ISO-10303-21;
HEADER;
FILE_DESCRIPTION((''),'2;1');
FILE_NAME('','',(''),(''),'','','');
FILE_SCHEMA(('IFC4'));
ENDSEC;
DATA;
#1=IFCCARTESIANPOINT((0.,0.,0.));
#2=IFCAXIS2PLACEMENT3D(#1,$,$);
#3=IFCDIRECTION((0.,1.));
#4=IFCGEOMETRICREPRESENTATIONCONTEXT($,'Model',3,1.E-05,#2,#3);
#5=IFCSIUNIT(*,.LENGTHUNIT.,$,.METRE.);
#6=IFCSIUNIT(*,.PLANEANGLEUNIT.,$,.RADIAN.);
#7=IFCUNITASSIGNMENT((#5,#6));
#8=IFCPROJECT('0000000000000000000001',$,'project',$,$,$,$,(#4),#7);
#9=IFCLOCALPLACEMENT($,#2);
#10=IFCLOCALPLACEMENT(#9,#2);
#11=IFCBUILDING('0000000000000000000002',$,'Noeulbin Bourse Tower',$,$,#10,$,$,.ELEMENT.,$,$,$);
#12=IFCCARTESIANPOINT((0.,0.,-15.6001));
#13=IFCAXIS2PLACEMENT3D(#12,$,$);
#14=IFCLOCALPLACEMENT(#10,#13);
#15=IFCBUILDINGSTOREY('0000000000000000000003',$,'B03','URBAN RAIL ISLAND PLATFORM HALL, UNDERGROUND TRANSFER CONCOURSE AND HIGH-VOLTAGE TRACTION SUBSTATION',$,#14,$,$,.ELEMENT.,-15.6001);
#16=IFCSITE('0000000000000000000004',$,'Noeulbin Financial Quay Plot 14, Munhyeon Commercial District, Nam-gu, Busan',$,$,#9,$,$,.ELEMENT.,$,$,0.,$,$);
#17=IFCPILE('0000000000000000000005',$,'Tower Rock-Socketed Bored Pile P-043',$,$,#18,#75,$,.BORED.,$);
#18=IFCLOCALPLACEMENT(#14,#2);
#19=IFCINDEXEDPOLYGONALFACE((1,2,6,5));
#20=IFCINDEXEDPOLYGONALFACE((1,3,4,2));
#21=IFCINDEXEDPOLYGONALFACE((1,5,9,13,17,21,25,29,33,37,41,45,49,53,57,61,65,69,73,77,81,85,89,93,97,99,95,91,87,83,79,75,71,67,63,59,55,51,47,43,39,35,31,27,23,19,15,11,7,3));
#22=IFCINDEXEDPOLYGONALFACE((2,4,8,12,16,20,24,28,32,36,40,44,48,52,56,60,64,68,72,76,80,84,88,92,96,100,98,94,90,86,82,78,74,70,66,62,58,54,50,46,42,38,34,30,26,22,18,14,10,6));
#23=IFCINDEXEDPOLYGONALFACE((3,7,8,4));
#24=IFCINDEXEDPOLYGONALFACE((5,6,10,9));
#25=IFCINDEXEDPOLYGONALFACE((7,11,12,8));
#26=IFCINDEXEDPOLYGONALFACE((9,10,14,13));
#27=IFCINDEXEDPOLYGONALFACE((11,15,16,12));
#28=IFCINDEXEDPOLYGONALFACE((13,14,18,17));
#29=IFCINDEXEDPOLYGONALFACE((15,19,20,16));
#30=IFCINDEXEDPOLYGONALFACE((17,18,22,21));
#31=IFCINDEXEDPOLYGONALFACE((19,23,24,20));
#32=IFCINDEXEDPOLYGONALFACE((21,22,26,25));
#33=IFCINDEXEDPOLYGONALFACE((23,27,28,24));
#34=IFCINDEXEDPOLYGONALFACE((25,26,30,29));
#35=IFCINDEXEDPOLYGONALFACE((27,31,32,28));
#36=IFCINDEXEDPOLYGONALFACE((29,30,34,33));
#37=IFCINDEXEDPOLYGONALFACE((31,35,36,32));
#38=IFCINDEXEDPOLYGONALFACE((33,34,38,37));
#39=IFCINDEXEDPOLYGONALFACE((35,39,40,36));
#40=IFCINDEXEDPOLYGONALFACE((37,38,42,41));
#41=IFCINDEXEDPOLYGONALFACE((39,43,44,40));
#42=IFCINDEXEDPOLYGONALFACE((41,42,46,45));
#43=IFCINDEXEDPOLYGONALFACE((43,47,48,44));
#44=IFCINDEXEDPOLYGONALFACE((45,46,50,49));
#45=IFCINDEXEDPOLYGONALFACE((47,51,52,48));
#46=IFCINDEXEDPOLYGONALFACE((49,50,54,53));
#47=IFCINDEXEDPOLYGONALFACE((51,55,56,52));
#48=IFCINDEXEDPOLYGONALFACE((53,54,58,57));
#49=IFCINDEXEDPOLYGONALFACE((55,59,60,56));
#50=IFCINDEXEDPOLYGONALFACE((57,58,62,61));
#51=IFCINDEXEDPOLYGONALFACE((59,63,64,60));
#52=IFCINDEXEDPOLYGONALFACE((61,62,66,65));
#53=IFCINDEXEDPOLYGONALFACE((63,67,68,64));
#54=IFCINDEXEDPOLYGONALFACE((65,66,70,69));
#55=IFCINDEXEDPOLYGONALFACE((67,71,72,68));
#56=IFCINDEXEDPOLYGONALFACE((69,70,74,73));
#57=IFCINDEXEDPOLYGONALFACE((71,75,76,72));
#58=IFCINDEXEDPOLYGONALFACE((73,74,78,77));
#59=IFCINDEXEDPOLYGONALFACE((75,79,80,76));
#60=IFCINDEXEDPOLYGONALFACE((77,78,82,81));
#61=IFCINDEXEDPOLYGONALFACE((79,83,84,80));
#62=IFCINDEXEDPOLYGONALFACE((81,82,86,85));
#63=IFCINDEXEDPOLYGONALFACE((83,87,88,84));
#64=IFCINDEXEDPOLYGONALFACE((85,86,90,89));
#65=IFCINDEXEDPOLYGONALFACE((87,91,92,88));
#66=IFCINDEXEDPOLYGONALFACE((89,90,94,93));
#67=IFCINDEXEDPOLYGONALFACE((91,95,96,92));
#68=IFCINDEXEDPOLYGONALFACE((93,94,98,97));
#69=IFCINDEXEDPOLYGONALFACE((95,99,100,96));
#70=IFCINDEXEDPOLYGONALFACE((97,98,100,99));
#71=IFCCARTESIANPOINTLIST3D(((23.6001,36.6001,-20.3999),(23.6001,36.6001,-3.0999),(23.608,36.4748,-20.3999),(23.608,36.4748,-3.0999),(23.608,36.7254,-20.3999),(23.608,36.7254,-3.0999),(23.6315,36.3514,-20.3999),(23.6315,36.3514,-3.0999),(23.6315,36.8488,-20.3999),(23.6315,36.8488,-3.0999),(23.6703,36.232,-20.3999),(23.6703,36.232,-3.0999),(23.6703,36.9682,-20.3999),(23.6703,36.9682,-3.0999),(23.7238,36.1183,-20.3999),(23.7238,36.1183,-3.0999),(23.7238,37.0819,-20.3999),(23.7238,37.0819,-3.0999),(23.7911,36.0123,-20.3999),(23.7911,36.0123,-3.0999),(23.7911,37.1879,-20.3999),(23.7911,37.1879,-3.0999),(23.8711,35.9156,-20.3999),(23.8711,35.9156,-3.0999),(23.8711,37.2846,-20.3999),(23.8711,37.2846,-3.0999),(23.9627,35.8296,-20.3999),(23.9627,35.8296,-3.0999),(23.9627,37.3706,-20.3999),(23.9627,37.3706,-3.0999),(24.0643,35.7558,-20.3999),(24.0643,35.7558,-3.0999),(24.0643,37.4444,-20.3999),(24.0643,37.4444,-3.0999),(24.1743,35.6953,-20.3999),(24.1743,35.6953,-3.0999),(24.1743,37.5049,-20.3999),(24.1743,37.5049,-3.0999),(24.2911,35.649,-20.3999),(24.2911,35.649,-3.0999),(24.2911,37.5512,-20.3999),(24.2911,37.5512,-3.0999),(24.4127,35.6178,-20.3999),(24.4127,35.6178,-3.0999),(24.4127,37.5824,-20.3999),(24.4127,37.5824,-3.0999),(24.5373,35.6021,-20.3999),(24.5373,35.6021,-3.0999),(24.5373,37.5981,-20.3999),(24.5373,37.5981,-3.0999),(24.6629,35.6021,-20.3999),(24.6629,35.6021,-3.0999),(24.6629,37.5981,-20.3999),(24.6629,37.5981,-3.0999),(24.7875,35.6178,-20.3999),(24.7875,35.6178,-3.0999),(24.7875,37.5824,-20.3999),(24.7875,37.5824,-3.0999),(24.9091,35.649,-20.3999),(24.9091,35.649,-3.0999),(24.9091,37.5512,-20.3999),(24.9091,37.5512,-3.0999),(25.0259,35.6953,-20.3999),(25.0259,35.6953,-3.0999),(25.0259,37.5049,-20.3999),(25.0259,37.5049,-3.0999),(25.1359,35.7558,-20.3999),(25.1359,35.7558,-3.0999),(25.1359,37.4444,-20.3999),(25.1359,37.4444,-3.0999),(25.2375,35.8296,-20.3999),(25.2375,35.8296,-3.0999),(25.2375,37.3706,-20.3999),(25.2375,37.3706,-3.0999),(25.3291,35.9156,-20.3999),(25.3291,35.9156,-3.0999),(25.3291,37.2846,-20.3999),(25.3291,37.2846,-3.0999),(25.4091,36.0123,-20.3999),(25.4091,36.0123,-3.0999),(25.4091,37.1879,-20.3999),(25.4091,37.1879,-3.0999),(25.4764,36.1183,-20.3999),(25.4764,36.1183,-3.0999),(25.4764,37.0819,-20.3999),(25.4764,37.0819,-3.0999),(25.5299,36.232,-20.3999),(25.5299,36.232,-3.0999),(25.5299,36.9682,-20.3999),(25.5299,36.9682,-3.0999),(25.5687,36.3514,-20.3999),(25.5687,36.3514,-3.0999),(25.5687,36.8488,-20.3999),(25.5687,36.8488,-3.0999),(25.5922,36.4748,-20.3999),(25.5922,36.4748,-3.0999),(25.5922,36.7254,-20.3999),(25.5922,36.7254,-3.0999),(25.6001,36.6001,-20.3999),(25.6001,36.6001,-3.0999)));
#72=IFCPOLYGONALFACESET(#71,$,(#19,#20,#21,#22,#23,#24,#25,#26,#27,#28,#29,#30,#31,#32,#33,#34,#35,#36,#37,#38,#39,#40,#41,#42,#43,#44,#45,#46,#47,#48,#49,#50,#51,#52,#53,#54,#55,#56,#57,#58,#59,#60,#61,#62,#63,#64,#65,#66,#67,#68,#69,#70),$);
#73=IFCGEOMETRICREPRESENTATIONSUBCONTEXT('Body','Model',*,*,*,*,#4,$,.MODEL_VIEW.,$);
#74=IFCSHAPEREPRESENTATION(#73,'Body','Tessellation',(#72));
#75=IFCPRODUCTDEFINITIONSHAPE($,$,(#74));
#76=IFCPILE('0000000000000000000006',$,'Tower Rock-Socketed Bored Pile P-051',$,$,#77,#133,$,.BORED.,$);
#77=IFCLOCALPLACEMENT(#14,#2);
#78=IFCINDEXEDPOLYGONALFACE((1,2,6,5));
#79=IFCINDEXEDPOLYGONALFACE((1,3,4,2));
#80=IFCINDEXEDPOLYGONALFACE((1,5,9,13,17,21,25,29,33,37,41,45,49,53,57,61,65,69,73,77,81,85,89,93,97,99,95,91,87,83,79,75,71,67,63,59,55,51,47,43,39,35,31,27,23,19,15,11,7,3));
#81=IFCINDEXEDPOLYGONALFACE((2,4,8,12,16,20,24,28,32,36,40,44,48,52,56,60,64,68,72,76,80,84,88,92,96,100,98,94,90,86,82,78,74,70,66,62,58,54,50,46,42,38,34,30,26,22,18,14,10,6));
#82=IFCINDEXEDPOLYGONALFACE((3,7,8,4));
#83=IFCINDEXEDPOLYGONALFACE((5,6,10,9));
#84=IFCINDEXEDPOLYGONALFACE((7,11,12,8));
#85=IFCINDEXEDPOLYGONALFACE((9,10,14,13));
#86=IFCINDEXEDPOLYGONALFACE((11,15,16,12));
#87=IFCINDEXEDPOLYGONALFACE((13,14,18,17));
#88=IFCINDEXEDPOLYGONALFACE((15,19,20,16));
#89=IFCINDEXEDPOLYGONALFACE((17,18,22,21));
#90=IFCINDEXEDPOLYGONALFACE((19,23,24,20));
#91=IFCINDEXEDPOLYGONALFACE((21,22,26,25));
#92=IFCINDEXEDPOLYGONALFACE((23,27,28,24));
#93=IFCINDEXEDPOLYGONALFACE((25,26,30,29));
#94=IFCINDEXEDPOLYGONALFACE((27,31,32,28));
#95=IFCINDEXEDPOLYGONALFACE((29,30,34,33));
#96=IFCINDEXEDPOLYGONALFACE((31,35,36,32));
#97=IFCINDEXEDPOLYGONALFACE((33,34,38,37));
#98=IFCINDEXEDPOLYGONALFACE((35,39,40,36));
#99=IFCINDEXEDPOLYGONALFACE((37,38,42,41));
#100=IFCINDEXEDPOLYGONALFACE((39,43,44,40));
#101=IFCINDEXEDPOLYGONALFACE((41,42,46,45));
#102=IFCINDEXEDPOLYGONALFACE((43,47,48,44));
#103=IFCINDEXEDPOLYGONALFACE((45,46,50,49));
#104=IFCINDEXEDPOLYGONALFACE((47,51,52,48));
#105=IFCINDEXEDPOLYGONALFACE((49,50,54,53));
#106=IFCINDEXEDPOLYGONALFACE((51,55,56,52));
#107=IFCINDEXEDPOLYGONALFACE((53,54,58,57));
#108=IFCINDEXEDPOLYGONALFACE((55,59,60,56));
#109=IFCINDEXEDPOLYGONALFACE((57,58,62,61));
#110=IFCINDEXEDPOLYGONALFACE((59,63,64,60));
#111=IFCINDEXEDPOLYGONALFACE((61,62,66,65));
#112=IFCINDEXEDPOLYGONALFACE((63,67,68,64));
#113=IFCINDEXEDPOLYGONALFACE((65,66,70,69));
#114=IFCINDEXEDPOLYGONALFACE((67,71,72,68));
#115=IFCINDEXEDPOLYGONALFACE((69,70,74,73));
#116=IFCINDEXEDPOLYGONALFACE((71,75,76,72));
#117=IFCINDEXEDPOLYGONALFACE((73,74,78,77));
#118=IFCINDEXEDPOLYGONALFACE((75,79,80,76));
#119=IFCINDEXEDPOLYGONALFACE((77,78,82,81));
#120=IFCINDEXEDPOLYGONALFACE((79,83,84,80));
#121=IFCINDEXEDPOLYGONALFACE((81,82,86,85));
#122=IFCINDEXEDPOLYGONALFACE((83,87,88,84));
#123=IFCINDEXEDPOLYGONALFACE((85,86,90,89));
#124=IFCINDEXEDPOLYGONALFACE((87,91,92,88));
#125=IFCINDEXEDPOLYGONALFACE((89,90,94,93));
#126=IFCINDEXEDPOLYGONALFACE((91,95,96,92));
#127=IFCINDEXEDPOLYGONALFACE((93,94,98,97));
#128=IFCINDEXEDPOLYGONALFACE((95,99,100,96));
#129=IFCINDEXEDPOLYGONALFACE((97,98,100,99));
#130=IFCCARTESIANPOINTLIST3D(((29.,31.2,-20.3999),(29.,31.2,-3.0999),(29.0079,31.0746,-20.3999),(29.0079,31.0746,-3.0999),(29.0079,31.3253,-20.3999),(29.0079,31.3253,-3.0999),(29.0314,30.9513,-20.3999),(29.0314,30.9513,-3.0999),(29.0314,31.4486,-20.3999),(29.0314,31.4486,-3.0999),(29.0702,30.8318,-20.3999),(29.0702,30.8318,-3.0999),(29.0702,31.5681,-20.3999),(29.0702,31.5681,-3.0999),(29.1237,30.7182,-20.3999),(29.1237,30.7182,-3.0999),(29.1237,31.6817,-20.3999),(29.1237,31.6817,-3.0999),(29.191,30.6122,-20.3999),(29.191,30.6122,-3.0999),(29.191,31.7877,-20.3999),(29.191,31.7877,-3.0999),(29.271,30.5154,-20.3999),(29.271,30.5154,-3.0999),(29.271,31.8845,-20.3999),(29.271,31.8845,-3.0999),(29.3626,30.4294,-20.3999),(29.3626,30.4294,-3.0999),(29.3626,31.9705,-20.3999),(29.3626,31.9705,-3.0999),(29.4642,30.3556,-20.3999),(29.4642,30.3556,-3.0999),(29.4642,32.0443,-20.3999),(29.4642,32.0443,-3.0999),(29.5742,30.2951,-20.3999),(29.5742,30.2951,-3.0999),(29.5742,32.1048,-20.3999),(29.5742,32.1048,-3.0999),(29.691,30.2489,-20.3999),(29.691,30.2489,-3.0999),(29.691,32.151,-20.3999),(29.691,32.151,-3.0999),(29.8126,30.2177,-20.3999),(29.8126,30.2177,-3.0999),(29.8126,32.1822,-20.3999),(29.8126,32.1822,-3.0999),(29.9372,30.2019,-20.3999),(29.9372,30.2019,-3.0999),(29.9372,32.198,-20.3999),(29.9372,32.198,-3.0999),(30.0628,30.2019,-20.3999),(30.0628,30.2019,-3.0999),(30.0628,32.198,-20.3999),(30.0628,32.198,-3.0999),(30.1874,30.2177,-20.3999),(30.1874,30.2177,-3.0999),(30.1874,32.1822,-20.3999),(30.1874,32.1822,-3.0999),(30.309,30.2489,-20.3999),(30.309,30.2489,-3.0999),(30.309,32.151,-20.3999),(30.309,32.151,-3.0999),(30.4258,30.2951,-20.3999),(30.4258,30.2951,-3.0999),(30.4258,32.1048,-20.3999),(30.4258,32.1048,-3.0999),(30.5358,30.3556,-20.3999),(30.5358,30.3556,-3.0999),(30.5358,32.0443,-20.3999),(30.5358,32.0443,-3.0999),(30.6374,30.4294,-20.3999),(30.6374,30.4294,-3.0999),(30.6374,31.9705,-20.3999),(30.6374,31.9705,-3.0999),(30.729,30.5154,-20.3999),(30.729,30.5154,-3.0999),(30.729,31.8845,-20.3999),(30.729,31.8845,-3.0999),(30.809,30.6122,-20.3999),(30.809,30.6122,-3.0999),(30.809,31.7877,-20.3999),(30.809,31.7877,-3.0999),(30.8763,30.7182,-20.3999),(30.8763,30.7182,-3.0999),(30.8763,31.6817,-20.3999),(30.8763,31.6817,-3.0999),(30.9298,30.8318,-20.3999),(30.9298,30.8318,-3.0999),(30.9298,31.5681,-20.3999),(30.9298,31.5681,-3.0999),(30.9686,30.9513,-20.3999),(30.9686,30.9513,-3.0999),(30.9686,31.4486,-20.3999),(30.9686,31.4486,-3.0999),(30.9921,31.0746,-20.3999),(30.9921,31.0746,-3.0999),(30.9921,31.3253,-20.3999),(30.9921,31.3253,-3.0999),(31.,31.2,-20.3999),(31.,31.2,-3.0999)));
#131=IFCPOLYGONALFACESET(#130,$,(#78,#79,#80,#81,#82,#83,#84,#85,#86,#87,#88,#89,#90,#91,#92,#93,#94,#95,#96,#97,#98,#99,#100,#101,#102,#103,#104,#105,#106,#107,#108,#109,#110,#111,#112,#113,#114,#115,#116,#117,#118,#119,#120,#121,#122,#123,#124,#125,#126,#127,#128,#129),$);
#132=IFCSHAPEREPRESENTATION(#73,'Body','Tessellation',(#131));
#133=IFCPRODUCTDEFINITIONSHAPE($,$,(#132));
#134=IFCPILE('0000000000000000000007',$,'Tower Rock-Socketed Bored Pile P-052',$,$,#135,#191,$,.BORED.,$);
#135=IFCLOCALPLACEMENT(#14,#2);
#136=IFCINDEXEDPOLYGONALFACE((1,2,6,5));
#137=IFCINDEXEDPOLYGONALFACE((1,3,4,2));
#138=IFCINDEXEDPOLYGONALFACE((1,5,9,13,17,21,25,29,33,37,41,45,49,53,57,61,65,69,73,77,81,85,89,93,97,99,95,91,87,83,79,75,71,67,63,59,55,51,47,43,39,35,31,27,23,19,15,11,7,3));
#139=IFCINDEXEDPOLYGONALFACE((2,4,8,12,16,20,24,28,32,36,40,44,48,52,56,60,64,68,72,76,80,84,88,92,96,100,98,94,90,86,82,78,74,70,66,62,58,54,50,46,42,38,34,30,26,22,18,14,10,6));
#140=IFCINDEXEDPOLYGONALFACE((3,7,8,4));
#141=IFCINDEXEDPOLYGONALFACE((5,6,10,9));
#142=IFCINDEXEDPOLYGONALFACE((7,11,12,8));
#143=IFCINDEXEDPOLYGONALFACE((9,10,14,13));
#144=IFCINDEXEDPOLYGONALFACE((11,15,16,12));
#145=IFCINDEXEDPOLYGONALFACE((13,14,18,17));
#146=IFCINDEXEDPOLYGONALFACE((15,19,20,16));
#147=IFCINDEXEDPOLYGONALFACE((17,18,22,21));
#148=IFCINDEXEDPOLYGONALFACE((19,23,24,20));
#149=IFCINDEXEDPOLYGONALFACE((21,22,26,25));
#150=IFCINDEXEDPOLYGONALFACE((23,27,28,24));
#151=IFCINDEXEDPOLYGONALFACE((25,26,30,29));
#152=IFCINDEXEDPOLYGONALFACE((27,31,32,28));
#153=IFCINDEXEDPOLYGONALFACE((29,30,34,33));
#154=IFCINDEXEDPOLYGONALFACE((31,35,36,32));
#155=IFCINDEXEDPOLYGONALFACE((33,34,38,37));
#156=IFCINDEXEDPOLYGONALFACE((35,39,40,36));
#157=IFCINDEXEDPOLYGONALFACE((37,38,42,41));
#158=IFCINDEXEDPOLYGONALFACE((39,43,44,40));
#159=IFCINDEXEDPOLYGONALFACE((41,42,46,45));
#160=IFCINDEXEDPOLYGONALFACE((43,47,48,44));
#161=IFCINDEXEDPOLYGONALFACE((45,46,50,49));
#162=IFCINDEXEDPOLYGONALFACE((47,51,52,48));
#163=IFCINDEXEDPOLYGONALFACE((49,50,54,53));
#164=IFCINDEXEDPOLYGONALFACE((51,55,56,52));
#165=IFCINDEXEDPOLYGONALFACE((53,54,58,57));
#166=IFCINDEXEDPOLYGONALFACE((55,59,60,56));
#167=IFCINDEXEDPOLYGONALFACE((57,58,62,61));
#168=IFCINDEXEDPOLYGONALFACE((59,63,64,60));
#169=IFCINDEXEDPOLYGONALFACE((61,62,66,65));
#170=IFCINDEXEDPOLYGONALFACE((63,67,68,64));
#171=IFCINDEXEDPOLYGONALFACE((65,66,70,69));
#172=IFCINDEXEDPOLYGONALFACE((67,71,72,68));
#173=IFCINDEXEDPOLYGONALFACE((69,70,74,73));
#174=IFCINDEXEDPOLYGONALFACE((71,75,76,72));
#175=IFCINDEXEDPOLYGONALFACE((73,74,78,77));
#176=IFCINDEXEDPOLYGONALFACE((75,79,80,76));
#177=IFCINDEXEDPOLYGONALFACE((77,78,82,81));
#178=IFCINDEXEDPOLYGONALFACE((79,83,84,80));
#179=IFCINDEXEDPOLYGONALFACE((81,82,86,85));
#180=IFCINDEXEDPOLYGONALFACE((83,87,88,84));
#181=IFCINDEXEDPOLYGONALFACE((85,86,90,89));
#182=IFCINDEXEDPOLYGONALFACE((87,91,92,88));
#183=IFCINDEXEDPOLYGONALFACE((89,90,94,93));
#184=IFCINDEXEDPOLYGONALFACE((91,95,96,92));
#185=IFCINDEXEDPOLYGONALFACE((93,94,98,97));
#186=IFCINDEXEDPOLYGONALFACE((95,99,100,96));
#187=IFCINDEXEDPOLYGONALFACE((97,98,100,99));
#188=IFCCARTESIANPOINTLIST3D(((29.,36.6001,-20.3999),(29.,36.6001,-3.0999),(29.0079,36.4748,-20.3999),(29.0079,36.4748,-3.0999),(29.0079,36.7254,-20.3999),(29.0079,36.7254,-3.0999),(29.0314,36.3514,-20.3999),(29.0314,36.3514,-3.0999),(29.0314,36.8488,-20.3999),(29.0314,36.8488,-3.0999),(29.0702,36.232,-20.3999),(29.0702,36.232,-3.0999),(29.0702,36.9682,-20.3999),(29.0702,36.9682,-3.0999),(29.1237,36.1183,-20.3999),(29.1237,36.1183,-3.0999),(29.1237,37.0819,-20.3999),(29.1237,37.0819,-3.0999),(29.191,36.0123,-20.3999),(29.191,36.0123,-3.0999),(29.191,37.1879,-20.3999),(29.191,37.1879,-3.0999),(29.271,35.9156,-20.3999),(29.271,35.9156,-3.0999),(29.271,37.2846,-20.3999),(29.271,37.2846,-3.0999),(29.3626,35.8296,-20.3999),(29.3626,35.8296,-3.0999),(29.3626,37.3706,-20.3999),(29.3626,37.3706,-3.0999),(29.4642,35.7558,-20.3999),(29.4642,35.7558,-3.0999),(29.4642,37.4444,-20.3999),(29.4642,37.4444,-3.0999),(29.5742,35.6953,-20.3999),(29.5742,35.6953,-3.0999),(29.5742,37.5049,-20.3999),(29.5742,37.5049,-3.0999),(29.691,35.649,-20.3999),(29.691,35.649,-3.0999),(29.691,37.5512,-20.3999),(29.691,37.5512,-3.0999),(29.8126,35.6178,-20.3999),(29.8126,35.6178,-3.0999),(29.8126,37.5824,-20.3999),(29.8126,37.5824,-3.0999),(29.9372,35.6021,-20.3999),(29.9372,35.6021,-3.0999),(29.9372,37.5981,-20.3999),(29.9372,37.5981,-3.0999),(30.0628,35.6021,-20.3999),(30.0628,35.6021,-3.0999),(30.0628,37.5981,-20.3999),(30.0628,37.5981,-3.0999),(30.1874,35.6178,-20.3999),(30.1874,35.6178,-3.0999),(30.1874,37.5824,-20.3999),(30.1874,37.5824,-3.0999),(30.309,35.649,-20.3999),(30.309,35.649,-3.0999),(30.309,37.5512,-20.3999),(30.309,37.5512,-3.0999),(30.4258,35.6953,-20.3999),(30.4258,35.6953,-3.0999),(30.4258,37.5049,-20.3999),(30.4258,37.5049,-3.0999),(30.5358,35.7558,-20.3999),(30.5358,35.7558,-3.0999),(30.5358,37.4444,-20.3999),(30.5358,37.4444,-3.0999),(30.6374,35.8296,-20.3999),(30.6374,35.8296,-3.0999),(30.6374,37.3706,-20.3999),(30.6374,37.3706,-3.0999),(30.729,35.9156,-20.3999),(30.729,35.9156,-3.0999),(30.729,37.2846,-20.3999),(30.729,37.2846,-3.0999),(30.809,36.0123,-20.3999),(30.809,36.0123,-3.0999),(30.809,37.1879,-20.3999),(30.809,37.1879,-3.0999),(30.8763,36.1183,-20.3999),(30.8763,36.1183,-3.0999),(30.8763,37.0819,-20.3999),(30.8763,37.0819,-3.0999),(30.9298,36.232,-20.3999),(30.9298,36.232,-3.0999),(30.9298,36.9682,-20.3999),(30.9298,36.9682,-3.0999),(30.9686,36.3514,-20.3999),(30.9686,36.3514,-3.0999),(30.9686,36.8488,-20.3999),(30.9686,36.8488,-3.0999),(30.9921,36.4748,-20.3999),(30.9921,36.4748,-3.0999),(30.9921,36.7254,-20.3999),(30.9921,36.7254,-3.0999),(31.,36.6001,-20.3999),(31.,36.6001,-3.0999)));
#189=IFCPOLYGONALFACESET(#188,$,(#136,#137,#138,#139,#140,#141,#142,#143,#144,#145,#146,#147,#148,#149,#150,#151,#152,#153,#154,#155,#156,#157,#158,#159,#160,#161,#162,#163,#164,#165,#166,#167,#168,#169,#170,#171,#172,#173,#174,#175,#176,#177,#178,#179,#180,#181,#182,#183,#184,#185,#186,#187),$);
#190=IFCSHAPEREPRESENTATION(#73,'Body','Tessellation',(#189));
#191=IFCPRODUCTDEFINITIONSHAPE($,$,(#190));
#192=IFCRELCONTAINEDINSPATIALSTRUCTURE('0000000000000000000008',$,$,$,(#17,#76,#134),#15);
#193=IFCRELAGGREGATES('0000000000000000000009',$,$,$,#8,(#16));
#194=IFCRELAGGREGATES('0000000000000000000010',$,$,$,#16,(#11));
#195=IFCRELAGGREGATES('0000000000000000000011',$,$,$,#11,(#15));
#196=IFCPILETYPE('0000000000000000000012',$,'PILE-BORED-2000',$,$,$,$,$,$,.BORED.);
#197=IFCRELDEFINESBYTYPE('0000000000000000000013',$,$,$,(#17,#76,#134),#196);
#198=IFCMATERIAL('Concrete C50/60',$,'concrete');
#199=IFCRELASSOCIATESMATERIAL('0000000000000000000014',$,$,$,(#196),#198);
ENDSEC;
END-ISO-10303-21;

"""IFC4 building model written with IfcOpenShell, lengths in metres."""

from ifc_helpers import new_model, si_unit, direction, frame, origin, origin_2d, place, context, subcontext, project, spatial, circle, extrude, material, material_profile, profile_set, type_object, element, save


model = new_model("IFC4")

# Units and contexts
model_context = context("Model", 3, precision=1e-05, world=origin(), true_north=direction((0.0, 1.0)))
body_context = subcontext(model_context, "Body", "Model", "MODEL_VIEW")
ifc_project = project(units=[si_unit("LENGTHUNIT", "METRE"), si_unit("PLANEANGLEUNIT", "RADIAN")], contexts=[model_context])

# Site, building, storey
site_placement = place(None, origin())
site = spatial("IfcSite", under=ifc_project, at=site_placement, Name="Noeulbin Financial Quay Plot 14, Munhyeon Commercial District, Nam-gu, Busan", CompositionType="ELEMENT", RefElevation=0.0)
building_placement = place(site_placement, origin())
building = spatial("IfcBuilding", under=site, at=building_placement, Name="Noeulbin Bourse Tower", CompositionType="ELEMENT")
storey_placement = place(building_placement, frame((0.0, 0.0, -15.6001)))
storey = spatial("IfcBuildingStorey", under=building, at=storey_placement, Name="B03", Description="URBAN RAIL ISLAND PLATFORM HALL, UNDERGROUND TRANSFER CONCOURSE AND HIGH-VOLTAGE TRACTION SUBSTATION", CompositionType="ELEMENT", Elevation=-15.6001)

# Piles
ifc_material_1 = material(Name="Concrete C50/60", Category="concrete")
ifc_material_profile_1 = material_profile(ifc_material_1, circle(Radius=1.0, at=origin_2d()), Name="PILE-D2000", Category="LoadBearing")
ifc_profile_set_1 = profile_set([ifc_material_profile_1], Name="Concrete C50/60")
pile_type = type_object("IfcPileType", Name="PILE-BORED-2000", PredefinedType="BORED", material=ifc_profile_set_1)
for number, where, z_axis, x_axis, name in (
    (1, (24.6001, 36.6001, -3.0999), (0.0, 0.0, -1.0), (1.0, 0.0, 0.0), "Tower Rock-Socketed Bored Pile P-043"),
    (2, (30.0, 31.2, -3.0999), (0.0, 0.0, -1.0), (1.0, 0.0, 0.0), "Tower Rock-Socketed Bored Pile P-051"),
    (3, (30.0, 36.6001, -3.0999), (0.0, 0.0, -1.0), (1.0, 0.0, 0.0), "Tower Rock-Socketed Bored Pile P-052"),
):
    element("IfcPile", number, at=place(storey_placement, frame(where, z_axis=z_axis, x_axis=x_axis)), inside=storey, type_object=pile_type, Name=name, PredefinedType="BORED", context=body_context, shape_type="SweptSolid", body=[
        extrude(circle(Radius=1.0, at=origin_2d()), origin(), (0.0, 0.0, 1.0), 17.3),
    ])

save(model, "model.ifc")
